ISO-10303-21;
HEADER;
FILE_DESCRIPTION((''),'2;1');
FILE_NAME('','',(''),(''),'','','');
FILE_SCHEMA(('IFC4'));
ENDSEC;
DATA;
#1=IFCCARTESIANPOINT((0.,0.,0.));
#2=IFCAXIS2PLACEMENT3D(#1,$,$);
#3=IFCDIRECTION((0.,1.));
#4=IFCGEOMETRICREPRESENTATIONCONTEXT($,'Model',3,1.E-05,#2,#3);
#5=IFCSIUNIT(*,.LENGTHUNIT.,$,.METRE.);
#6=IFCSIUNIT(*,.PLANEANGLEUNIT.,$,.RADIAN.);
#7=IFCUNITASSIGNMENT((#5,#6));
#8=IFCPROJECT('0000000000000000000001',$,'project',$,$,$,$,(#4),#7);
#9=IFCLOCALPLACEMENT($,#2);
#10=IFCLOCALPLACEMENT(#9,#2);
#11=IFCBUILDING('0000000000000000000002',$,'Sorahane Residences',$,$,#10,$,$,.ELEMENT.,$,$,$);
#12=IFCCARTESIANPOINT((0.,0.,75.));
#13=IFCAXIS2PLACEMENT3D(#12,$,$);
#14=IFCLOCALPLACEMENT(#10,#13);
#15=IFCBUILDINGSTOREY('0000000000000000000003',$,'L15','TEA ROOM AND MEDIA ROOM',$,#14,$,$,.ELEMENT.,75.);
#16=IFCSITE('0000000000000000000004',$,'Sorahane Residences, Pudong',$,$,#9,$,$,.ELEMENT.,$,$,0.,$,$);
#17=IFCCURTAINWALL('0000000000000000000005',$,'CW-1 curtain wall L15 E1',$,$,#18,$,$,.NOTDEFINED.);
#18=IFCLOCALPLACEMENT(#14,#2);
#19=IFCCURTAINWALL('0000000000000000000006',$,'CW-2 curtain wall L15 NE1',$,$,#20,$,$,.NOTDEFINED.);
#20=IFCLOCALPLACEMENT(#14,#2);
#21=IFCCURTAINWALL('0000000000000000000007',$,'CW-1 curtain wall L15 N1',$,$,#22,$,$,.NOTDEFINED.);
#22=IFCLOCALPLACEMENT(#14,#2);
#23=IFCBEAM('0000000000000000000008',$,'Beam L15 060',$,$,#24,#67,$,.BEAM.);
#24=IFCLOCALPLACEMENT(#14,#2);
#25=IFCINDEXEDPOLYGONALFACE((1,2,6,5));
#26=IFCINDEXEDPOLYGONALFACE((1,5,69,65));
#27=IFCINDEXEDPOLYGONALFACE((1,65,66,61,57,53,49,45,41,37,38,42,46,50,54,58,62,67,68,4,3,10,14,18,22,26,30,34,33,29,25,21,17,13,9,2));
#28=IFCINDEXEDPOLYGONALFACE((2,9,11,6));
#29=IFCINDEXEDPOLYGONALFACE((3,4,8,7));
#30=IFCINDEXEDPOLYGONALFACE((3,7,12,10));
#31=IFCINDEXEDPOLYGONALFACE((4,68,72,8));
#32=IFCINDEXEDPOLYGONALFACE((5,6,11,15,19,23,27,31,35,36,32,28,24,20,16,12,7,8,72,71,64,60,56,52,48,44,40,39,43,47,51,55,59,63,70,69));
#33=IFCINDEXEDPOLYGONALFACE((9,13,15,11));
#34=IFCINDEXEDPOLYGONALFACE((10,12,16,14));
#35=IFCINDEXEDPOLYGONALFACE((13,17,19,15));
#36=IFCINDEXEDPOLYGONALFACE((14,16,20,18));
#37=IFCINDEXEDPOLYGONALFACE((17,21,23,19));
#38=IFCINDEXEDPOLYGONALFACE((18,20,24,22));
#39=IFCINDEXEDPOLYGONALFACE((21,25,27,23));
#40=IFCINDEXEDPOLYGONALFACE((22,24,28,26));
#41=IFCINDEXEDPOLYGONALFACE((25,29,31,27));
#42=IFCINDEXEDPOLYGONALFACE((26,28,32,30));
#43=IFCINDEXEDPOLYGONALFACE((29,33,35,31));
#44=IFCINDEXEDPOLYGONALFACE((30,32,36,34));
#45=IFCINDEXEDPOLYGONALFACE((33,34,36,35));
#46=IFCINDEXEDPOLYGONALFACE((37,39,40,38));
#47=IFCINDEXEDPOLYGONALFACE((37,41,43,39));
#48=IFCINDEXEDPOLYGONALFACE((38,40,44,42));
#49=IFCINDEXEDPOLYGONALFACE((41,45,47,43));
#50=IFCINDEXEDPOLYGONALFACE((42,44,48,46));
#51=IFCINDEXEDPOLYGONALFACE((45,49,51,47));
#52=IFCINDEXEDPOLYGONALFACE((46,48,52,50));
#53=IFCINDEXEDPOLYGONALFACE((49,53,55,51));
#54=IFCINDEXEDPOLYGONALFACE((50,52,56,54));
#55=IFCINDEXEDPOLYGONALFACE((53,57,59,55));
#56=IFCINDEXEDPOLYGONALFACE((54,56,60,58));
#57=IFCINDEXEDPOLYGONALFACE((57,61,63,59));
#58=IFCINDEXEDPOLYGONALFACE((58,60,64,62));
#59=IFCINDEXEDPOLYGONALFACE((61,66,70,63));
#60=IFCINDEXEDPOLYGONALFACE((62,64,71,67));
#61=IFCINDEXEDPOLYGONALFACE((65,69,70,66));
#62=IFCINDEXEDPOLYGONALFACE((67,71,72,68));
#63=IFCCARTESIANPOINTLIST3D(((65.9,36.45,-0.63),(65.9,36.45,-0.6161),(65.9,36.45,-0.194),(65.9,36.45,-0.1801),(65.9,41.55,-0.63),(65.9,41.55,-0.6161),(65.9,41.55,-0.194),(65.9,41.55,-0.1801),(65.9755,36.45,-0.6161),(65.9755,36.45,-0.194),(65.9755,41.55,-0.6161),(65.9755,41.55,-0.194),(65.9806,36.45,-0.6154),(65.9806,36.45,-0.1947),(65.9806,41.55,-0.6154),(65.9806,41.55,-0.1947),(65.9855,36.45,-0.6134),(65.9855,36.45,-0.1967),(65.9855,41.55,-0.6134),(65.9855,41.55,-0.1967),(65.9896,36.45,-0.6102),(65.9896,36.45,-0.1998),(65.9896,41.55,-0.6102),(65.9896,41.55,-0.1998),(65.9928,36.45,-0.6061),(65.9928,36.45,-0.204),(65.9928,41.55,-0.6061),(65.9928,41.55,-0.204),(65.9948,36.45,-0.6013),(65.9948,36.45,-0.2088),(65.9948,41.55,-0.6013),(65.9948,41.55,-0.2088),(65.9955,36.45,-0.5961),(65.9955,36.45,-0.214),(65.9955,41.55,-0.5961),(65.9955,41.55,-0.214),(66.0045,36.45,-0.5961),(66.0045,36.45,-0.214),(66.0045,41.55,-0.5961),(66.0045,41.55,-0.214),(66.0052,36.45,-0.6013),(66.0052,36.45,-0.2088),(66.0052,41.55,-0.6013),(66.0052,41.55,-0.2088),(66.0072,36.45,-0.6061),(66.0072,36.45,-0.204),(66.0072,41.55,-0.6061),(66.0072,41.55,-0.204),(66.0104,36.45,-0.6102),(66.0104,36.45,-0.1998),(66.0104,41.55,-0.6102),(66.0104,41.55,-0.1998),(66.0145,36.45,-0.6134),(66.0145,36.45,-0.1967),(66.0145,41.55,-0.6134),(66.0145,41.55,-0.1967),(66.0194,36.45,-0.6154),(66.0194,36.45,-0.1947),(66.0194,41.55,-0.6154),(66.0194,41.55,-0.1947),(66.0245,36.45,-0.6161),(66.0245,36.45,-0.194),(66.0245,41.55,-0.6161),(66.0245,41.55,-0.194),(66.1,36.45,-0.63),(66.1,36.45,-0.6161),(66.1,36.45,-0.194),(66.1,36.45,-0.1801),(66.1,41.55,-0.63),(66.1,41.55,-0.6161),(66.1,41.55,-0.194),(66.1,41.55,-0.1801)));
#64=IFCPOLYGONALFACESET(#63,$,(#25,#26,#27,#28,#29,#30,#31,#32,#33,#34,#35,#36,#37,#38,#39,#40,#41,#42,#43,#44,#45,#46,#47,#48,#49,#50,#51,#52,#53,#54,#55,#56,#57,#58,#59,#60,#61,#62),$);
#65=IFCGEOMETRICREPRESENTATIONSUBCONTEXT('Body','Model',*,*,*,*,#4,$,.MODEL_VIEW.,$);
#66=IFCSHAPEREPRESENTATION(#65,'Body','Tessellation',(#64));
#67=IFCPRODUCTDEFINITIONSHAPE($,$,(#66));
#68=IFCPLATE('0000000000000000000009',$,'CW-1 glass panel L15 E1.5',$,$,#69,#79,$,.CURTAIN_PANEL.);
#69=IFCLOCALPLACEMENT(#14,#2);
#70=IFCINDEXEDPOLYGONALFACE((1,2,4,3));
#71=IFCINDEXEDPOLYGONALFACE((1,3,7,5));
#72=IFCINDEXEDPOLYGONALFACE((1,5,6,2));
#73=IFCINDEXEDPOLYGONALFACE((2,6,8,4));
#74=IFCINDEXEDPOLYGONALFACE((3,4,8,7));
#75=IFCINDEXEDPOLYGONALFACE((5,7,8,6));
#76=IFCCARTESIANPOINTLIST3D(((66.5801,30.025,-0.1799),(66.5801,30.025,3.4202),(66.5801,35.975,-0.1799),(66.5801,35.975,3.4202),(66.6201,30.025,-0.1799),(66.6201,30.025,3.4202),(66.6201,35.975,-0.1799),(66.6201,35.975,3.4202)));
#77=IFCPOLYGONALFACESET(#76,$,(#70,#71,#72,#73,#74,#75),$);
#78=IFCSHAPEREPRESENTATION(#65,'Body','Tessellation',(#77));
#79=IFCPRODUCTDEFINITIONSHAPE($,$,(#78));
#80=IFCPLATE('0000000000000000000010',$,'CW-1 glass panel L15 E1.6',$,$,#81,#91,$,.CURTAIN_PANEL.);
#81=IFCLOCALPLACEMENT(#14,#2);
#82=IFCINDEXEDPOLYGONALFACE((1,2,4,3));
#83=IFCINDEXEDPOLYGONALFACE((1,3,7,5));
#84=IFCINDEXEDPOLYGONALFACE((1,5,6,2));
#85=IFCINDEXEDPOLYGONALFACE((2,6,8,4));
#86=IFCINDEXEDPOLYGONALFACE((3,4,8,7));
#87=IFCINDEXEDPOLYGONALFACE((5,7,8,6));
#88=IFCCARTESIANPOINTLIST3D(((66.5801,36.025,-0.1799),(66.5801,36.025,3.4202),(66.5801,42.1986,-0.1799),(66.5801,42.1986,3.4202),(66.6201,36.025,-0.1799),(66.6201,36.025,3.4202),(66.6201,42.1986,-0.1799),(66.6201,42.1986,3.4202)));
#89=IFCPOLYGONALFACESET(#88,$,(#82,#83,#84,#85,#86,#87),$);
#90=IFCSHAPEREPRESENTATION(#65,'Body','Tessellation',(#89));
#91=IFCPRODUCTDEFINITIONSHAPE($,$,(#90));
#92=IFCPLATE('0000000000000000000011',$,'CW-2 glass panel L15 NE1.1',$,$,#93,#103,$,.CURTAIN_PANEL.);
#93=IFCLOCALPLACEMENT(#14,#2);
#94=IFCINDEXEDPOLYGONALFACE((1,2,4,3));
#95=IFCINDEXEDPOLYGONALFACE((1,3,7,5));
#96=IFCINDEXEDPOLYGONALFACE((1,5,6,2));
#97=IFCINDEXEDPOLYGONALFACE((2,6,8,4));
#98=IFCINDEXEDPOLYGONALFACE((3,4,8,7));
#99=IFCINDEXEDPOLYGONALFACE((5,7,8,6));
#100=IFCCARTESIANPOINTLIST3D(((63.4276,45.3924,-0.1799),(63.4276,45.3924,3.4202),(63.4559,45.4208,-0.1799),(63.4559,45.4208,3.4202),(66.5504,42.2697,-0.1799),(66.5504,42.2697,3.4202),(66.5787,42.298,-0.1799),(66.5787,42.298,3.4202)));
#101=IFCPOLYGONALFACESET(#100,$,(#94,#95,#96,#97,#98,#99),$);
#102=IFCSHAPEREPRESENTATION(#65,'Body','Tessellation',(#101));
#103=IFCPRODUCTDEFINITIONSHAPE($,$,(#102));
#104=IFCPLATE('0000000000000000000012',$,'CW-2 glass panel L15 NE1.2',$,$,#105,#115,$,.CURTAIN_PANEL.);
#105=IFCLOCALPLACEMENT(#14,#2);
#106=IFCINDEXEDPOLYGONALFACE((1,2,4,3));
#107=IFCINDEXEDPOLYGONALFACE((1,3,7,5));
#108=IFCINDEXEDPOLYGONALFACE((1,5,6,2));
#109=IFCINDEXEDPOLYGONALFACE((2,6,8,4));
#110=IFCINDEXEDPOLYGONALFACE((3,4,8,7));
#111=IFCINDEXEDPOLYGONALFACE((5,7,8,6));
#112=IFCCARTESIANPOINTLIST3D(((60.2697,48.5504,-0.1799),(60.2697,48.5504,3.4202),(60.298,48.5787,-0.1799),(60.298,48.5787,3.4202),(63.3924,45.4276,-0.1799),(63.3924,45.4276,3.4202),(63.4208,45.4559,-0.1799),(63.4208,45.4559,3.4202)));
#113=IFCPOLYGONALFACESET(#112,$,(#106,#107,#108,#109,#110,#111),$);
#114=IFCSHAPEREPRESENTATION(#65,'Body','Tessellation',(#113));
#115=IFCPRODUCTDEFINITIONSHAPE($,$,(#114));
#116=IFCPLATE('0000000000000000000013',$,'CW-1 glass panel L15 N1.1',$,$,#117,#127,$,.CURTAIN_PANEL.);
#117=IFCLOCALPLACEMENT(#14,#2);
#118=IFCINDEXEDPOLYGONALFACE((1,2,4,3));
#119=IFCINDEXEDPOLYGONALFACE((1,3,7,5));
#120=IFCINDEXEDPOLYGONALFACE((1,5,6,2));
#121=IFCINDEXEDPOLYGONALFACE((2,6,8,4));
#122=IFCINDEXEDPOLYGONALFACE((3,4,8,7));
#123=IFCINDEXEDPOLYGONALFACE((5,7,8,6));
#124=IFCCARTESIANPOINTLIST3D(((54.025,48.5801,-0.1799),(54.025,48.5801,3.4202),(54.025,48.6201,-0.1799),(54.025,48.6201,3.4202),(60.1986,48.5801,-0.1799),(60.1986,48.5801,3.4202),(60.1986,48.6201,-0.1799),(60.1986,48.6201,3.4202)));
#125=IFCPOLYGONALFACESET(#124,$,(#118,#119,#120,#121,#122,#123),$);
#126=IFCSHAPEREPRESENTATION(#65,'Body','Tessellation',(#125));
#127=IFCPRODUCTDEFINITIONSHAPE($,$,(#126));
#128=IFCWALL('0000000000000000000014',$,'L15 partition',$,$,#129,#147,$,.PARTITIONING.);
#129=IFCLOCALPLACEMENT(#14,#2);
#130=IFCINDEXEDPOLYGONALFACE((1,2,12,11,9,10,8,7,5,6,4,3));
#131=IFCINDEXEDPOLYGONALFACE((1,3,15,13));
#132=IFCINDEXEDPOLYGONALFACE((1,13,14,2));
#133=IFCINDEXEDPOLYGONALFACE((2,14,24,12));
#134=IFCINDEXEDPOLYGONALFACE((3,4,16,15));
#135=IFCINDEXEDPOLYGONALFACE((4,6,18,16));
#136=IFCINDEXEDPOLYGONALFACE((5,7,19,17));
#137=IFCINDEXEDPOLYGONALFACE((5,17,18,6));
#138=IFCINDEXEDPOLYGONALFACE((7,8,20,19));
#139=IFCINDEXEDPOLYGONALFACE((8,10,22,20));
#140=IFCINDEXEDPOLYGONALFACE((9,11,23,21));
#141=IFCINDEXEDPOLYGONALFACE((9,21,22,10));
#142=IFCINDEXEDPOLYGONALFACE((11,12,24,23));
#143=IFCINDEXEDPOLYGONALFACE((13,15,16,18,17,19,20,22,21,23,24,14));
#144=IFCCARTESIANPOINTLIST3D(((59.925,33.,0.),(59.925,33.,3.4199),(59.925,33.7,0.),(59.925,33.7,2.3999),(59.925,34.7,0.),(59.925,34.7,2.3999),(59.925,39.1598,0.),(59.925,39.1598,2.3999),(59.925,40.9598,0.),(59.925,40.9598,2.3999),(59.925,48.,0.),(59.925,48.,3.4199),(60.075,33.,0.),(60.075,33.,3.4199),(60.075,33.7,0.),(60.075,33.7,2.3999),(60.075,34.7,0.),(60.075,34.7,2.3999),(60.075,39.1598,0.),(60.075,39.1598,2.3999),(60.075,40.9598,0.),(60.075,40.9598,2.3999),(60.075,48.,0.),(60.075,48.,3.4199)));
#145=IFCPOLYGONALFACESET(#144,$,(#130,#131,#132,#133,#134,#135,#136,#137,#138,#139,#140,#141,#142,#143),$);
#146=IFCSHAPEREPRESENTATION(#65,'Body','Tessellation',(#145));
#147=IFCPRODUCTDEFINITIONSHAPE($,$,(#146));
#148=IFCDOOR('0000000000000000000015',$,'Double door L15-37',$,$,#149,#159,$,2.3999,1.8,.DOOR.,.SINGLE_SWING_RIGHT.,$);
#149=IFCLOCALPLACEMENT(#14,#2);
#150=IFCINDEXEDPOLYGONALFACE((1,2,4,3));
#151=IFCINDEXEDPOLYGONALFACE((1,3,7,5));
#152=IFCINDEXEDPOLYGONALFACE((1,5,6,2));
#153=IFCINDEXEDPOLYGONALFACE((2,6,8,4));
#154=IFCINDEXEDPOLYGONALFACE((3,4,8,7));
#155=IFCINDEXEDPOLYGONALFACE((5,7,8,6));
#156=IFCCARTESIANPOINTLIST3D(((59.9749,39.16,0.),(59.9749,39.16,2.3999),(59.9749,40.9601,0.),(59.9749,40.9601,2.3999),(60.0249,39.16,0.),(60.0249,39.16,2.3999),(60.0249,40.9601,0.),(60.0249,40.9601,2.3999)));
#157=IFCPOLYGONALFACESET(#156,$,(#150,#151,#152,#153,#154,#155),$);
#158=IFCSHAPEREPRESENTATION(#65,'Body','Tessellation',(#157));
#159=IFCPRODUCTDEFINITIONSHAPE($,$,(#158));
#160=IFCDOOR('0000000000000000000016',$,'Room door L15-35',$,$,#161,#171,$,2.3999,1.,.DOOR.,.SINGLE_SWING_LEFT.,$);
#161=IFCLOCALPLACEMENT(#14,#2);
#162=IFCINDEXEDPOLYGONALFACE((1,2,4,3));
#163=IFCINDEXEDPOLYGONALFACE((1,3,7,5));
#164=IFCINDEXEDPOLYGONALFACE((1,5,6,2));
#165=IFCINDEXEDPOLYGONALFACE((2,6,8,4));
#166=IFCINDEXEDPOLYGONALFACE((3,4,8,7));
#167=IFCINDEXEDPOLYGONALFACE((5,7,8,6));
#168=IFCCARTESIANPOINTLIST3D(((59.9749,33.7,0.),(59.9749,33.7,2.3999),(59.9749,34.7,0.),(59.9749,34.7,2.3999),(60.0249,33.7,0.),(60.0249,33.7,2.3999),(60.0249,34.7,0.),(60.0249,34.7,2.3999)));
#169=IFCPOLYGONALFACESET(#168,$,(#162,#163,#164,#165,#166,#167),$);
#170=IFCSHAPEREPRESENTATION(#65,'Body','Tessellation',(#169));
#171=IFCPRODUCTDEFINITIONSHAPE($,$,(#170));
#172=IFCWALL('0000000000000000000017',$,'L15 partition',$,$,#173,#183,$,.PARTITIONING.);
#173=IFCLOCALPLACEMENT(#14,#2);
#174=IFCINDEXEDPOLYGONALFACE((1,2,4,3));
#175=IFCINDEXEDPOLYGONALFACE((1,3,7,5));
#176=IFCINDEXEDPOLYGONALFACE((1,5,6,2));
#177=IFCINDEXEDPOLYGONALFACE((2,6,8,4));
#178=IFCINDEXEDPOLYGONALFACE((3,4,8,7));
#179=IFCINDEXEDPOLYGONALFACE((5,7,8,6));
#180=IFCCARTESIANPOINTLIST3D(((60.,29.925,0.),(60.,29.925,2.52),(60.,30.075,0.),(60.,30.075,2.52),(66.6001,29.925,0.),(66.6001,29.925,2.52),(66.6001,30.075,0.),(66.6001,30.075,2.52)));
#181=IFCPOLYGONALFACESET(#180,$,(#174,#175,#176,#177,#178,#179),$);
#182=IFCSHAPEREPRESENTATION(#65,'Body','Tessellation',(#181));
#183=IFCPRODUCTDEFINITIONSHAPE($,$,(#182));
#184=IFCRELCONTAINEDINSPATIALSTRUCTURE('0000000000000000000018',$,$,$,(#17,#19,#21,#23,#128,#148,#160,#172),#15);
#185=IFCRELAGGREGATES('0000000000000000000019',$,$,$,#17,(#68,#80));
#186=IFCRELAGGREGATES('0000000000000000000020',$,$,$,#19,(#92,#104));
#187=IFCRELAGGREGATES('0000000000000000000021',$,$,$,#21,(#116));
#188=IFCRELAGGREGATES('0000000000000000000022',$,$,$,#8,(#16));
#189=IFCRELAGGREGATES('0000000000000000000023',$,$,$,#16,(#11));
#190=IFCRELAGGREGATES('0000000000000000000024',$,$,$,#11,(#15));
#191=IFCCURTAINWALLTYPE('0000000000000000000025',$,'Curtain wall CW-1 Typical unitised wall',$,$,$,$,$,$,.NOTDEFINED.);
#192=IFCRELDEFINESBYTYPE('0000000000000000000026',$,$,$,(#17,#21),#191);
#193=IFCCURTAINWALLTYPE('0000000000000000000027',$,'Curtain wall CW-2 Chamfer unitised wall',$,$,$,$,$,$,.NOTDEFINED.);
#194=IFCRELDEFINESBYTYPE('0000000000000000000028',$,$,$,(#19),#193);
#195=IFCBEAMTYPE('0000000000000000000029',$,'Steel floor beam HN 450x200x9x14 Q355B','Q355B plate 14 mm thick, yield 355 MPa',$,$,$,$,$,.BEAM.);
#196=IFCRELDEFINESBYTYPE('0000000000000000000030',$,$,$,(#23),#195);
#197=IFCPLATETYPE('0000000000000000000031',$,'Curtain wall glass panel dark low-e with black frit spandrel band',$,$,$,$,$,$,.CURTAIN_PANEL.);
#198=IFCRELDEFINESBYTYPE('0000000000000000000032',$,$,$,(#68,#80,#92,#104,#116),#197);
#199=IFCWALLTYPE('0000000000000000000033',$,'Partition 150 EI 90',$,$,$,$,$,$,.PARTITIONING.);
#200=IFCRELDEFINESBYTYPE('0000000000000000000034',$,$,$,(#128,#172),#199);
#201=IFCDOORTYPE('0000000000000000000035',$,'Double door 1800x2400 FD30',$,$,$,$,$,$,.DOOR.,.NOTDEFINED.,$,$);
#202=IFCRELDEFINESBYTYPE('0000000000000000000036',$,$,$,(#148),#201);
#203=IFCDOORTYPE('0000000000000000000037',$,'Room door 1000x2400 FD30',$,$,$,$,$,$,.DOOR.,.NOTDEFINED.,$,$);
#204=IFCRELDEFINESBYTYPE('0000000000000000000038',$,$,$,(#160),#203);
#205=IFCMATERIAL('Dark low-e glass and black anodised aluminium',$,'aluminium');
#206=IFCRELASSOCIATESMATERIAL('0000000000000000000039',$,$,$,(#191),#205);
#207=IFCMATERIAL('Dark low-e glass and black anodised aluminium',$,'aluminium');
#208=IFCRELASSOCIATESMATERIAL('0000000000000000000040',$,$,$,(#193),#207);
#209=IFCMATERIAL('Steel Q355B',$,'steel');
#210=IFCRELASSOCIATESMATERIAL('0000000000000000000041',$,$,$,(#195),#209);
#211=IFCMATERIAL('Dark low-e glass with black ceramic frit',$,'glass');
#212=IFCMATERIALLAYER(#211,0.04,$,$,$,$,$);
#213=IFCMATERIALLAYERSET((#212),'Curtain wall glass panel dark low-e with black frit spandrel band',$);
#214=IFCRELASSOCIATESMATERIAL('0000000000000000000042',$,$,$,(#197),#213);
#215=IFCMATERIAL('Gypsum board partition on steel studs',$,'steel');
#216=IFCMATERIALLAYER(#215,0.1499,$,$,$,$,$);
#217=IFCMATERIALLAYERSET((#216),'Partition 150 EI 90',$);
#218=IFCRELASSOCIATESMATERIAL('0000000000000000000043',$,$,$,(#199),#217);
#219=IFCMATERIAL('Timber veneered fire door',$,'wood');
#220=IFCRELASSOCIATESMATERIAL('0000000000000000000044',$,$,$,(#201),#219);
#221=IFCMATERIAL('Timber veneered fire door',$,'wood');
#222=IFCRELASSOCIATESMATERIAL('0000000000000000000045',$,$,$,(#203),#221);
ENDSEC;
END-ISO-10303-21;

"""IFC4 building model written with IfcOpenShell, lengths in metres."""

from ifc_helpers import new_model, si_unit, direction, frame, frame_2d, origin, origin_2d, place, context, subcontext, project, spatial, rectangle, i_section, extrude, material, layer, layer_set, material_profile, profile_set, type_object, element, fill, aggregate, save


model = new_model("IFC4")

# Units and contexts
model_context = context("Model", 3, precision=1e-05, world=origin(), true_north=direction((0.0, 1.0)))
body_context = subcontext(model_context, "Body", "Model", "MODEL_VIEW")
ifc_project = project(units=[si_unit("LENGTHUNIT", "METRE"), si_unit("PLANEANGLEUNIT", "RADIAN")], contexts=[model_context])

# Site, building, storey
site_placement = place(None, origin())
site = spatial("IfcSite", under=ifc_project, at=site_placement, Name="Sorahane Residences, Pudong", CompositionType="ELEMENT", RefElevation=0.0)
building_placement = place(site_placement, origin())
building = spatial("IfcBuilding", under=site, at=building_placement, Name="Sorahane Residences", CompositionType="ELEMENT")
storey_placement = place(building_placement, frame((0.0, 0.0, 75.0)))
storey = spatial("IfcBuildingStorey", under=building, at=storey_placement, Name="L15", Description="TEA ROOM AND MEDIA ROOM", CompositionType="ELEMENT", Elevation=75.0)

# Curtain walls
ifc_material_1 = material(Name="Dark low-e glass and black anodised aluminium", Category="aluminium")
curtain_wall_type_1 = type_object("IfcCurtainWallType", Name="Curtain wall CW-1 Typical unitised wall", PredefinedType="NOTDEFINED", material=ifc_material_1)
curtain_wall_1_placement = place(storey_placement, origin())
curtain_wall_1 = element("IfcCurtainWall", 1, at=curtain_wall_1_placement, inside=storey, type_object=curtain_wall_type_1, Name="CW-1 curtain wall L15 E1", PredefinedType="NOTDEFINED")
ifc_material_2 = material(Name="Dark low-e glass and black anodised aluminium", Category="aluminium")
curtain_wall_type_2 = type_object("IfcCurtainWallType", Name="Curtain wall CW-2 Chamfer unitised wall", PredefinedType="NOTDEFINED", material=ifc_material_2)
curtain_wall_2_placement = place(storey_placement, origin())
curtain_wall_2 = element("IfcCurtainWall", 2, at=curtain_wall_2_placement, inside=storey, type_object=curtain_wall_type_2, Name="CW-2 curtain wall L15 NE1", PredefinedType="NOTDEFINED")

# Curtain wall
curtain_wall_3_placement = place(storey_placement, origin())
curtain_wall_3 = element("IfcCurtainWall", 3, at=curtain_wall_3_placement, inside=storey, type_object=curtain_wall_type_1, Name="CW-1 curtain wall L15 N1", PredefinedType="NOTDEFINED")

# Beam
ifc_material_3 = material(Name="Steel Q355B", Category="steel")
ifc_material_profile_1 = material_profile(ifc_material_3, i_section(OverallWidth=0.2, OverallDepth=0.45, WebThickness=0.009, FlangeThickness=0.0139, FilletRadius=0.02, at=origin_2d()), Name="HN 450x200x9x14")
ifc_profile_set_1 = profile_set([ifc_material_profile_1], Name="Steel Q355B")
beam_type = type_object("IfcBeamType", Name="Steel floor beam HN 450x200x9x14 Q355B", Description="Q355B plate 14 mm thick, yield 355 MPa", PredefinedType="BEAM", material=ifc_profile_set_1)
beam_placement = place(storey_placement, frame((66.0, 36.45, -0.405), z_axis=(0.0, 1.0, 0.0), x_axis=(-1.0, 0.0, 0.0)))
element("IfcBeam", 4, at=beam_placement, inside=storey, type_object=beam_type, Name="Beam L15 060", PredefinedType="BEAM", context=body_context, shape_type="SweptSolid", body=[
    extrude(i_section(OverallWidth=0.2, OverallDepth=0.45, WebThickness=0.009, FlangeThickness=0.0139, FilletRadius=0.02, at=origin_2d()), origin(), (0.0, 0.0, 1.0), 5.1001),
])

# Plates
ifc_material_4 = material(Name="Dark low-e glass with black ceramic frit", Category="glass")
ifc_layer_1 = layer(ifc_material_4, 0.04)
ifc_layer_set_1 = layer_set([ifc_layer_1], Name="Curtain wall glass panel dark low-e with black frit spandrel band")
plate_type = type_object("IfcPlateType", Name="Curtain wall glass panel dark low-e with black frit spandrel band", PredefinedType="CURTAIN_PANEL", material=ifc_layer_set_1)
plate_1_placement = place(storey_placement, frame((66.6001, 33.0, -0.1799), z_axis=(0.0, 0.0, 1.0), x_axis=(0.0, 1.0, 0.0)))
plate_1 = element("IfcPlate", 5, at=plate_1_placement, type_object=plate_type, Name="CW-1 glass panel L15 E1.5", PredefinedType="CURTAIN_PANEL", context=body_context, shape_type="SweptSolid", body=[
    extrude(rectangle(XDim=5.95, YDim=0.04, at=origin_2d()), origin(), (0.0, 0.0, 1.0), 3.6001),
])
plate_2_placement = place(storey_placement, frame((66.6001, 39.1118, -0.1799), z_axis=(0.0, 0.0, 1.0), x_axis=(0.0, 1.0, 0.0)))
plate_2 = element("IfcPlate", 6, at=plate_2_placement, type_object=plate_type, Name="CW-1 glass panel L15 E1.6", PredefinedType="CURTAIN_PANEL", context=body_context, shape_type="SweptSolid", body=[
    extrude(rectangle(XDim=6.1736, YDim=0.04, at=origin_2d()), origin(), (0.0, 0.0, 1.0), 3.6001),
])
aggregate(curtain_wall_1, [plate_1, plate_2])
plate_3_placement = place(storey_placement, frame((65.0032, 43.8452, -0.1799), z_axis=(0.0, 0.0, 1.0), x_axis=(-0.707107, 0.707107, 0.0)))
plate_3 = element("IfcPlate", 7, at=plate_3_placement, type_object=plate_type, Name="CW-2 glass panel L15 NE1.1", PredefinedType="CURTAIN_PANEL", context=body_context, shape_type="SweptSolid", body=[
    extrude(rectangle(XDim=4.4163, YDim=0.04, at=origin_2d()), origin(), (0.0, 0.0, 1.0), 3.6001),
])
plate_4_placement = place(storey_placement, frame((61.8452, 47.0032, -0.1799), z_axis=(0.0, 0.0, 1.0), x_axis=(-0.707107, 0.707107, 0.0)))
plate_4 = element("IfcPlate", 8, at=plate_4_placement, type_object=plate_type, Name="CW-2 glass panel L15 NE1.2", PredefinedType="CURTAIN_PANEL", context=body_context, shape_type="SweptSolid", body=[
    extrude(rectangle(XDim=4.4163, YDim=0.04, at=origin_2d()), origin(), (0.0, 0.0, 1.0), 3.6001),
])
aggregate(curtain_wall_2, [plate_3, plate_4])
plate_5_placement = place(storey_placement, frame((57.1118, 48.6001, -0.1799), z_axis=(0.0, 0.0, 1.0), x_axis=(-1.0, 0.0, 0.0)))
plate_5 = element("IfcPlate", 9, at=plate_5_placement, type_object=plate_type, Name="CW-1 glass panel L15 N1.1", PredefinedType="CURTAIN_PANEL", context=body_context, shape_type="SweptSolid", body=[
    extrude(rectangle(XDim=6.1736, YDim=0.04, at=origin_2d()), origin(), (0.0, 0.0, 1.0), 3.6001),
])
aggregate(curtain_wall_3, [plate_5])

# Wall, openings, doors
ifc_material_5 = material(Name="Gypsum board partition on steel studs", Category="steel")
ifc_layer_2 = layer(ifc_material_5, 0.1499)
ifc_layer_set_2 = layer_set([ifc_layer_2], Name="Partition 150 EI 90")
wall_type_1 = type_object("IfcWallType", Name="Partition 150 EI 90", PredefinedType="PARTITIONING", material=ifc_layer_set_2)
wall_1_placement = place(storey_placement, frame((60.0, 33.0, 0.0), z_axis=(0.0, 0.0, 1.0), x_axis=(0.0, 1.0, 0.0)))
wall_1 = element("IfcWall", 10, at=wall_1_placement, inside=storey, type_object=wall_type_1, Name="L15 partition", PredefinedType="PARTITIONING", context=body_context, shape_type="SweptSolid", body=[
    extrude(rectangle(XDim=15.0, YDim=0.1499, at=frame_2d((7.5, 0.0))), origin(), (0.0, 0.0, 1.0), 3.4199),
])
opening_1_placement = place(wall_1_placement, frame((0.7, 0.0, 0.0)))
opening_1 = element("IfcOpeningElement", 11, at=opening_1_placement, cuts=wall_1, PredefinedType="OPENING", context=body_context, shape_type="SweptSolid", body=[
    extrude(rectangle(XDim=1.0, YDim=2.3999, at=frame_2d((0.5, 1.2))), frame((0.0, 0.085, 0.0), z_axis=(0.0, -1.0, 0.0), x_axis=(1.0, 0.0, 0.0)), (0.0, 0.0, 1.0), 0.1699),
])
opening_2_placement = place(wall_1_placement, frame((6.1599, 0.0, 0.0)))
opening_2 = element("IfcOpeningElement", 12, at=opening_2_placement, cuts=wall_1, PredefinedType="OPENING", context=body_context, shape_type="SweptSolid", body=[
    extrude(rectangle(XDim=1.8, YDim=2.3999, at=frame_2d((0.8999, 1.2))), frame((0.0, 0.085, 0.0), z_axis=(0.0, -1.0, 0.0), x_axis=(1.0, 0.0, 0.0)), (0.0, 0.0, 1.0), 0.1699),
])
ifc_material_6 = material(Name="Timber veneered fire door", Category="wood")
door_type_1 = type_object("IfcDoorType", Name="Double door 1800x2400 FD30", OperationType="NOTDEFINED", PredefinedType="DOOR", material=ifc_material_6)
door_1_placement = place(opening_2_placement, frame((1.8, 0.0, 0.0), z_axis=(0.0, 0.0, 1.0), x_axis=(-1.0, 0.0, 0.0)))
door_1 = element("IfcDoor", 13, at=door_1_placement, inside=storey, type_object=door_type_1, Name="Double door L15-37", OperationType="SINGLE_SWING_RIGHT", OverallHeight=2.3999, OverallWidth=1.8, PredefinedType="DOOR", context=body_context, shape_type="SweptSolid", body=[
    extrude(rectangle(XDim=1.8, YDim=2.3999, at=frame_2d((0.8999, 1.2))), frame((0.0, 0.0249, 0.0), z_axis=(0.0, -1.0, 0.0), x_axis=(1.0, 0.0, 0.0)), (0.0, 0.0, 1.0), 0.05),
])
fill(opening_2, door_1)
ifc_material_7 = material(Name="Timber veneered fire door", Category="wood")
door_type_2 = type_object("IfcDoorType", Name="Room door 1000x2400 FD30", OperationType="NOTDEFINED", PredefinedType="DOOR", material=ifc_material_7)
door_2_placement = place(opening_1_placement, frame((1.0, 0.0, 0.0), z_axis=(0.0, 0.0, 1.0), x_axis=(-1.0, 0.0, 0.0)))
door_2 = element("IfcDoor", 14, at=door_2_placement, inside=storey, type_object=door_type_2, Name="Room door L15-35", OperationType="SINGLE_SWING_LEFT", OverallHeight=2.3999, OverallWidth=1.0, PredefinedType="DOOR", context=body_context, shape_type="SweptSolid", body=[
    extrude(rectangle(XDim=1.0, YDim=2.3999, at=frame_2d((0.5, 1.2))), frame((0.0, 0.0249, 0.0), z_axis=(0.0, -1.0, 0.0), x_axis=(1.0, 0.0, 0.0)), (0.0, 0.0, 1.0), 0.05),
])
fill(opening_1, door_2)

# Wall
wall_2_placement = place(storey_placement, frame((60.0, 30.0, 0.0), z_axis=(0.0, 0.0, 1.0), x_axis=(1.0, 0.0, 0.0)))
element("IfcWall", 15, at=wall_2_placement, inside=storey, type_object=wall_type_1, Name="L15 partition", PredefinedType="PARTITIONING", context=body_context, shape_type="SweptSolid", body=[
    extrude(rectangle(XDim=6.6001, YDim=0.1499, at=frame_2d((3.3, 0.0))), origin(), (0.0, 0.0, 1.0), 2.52),
])

save(model, "model.ifc")
